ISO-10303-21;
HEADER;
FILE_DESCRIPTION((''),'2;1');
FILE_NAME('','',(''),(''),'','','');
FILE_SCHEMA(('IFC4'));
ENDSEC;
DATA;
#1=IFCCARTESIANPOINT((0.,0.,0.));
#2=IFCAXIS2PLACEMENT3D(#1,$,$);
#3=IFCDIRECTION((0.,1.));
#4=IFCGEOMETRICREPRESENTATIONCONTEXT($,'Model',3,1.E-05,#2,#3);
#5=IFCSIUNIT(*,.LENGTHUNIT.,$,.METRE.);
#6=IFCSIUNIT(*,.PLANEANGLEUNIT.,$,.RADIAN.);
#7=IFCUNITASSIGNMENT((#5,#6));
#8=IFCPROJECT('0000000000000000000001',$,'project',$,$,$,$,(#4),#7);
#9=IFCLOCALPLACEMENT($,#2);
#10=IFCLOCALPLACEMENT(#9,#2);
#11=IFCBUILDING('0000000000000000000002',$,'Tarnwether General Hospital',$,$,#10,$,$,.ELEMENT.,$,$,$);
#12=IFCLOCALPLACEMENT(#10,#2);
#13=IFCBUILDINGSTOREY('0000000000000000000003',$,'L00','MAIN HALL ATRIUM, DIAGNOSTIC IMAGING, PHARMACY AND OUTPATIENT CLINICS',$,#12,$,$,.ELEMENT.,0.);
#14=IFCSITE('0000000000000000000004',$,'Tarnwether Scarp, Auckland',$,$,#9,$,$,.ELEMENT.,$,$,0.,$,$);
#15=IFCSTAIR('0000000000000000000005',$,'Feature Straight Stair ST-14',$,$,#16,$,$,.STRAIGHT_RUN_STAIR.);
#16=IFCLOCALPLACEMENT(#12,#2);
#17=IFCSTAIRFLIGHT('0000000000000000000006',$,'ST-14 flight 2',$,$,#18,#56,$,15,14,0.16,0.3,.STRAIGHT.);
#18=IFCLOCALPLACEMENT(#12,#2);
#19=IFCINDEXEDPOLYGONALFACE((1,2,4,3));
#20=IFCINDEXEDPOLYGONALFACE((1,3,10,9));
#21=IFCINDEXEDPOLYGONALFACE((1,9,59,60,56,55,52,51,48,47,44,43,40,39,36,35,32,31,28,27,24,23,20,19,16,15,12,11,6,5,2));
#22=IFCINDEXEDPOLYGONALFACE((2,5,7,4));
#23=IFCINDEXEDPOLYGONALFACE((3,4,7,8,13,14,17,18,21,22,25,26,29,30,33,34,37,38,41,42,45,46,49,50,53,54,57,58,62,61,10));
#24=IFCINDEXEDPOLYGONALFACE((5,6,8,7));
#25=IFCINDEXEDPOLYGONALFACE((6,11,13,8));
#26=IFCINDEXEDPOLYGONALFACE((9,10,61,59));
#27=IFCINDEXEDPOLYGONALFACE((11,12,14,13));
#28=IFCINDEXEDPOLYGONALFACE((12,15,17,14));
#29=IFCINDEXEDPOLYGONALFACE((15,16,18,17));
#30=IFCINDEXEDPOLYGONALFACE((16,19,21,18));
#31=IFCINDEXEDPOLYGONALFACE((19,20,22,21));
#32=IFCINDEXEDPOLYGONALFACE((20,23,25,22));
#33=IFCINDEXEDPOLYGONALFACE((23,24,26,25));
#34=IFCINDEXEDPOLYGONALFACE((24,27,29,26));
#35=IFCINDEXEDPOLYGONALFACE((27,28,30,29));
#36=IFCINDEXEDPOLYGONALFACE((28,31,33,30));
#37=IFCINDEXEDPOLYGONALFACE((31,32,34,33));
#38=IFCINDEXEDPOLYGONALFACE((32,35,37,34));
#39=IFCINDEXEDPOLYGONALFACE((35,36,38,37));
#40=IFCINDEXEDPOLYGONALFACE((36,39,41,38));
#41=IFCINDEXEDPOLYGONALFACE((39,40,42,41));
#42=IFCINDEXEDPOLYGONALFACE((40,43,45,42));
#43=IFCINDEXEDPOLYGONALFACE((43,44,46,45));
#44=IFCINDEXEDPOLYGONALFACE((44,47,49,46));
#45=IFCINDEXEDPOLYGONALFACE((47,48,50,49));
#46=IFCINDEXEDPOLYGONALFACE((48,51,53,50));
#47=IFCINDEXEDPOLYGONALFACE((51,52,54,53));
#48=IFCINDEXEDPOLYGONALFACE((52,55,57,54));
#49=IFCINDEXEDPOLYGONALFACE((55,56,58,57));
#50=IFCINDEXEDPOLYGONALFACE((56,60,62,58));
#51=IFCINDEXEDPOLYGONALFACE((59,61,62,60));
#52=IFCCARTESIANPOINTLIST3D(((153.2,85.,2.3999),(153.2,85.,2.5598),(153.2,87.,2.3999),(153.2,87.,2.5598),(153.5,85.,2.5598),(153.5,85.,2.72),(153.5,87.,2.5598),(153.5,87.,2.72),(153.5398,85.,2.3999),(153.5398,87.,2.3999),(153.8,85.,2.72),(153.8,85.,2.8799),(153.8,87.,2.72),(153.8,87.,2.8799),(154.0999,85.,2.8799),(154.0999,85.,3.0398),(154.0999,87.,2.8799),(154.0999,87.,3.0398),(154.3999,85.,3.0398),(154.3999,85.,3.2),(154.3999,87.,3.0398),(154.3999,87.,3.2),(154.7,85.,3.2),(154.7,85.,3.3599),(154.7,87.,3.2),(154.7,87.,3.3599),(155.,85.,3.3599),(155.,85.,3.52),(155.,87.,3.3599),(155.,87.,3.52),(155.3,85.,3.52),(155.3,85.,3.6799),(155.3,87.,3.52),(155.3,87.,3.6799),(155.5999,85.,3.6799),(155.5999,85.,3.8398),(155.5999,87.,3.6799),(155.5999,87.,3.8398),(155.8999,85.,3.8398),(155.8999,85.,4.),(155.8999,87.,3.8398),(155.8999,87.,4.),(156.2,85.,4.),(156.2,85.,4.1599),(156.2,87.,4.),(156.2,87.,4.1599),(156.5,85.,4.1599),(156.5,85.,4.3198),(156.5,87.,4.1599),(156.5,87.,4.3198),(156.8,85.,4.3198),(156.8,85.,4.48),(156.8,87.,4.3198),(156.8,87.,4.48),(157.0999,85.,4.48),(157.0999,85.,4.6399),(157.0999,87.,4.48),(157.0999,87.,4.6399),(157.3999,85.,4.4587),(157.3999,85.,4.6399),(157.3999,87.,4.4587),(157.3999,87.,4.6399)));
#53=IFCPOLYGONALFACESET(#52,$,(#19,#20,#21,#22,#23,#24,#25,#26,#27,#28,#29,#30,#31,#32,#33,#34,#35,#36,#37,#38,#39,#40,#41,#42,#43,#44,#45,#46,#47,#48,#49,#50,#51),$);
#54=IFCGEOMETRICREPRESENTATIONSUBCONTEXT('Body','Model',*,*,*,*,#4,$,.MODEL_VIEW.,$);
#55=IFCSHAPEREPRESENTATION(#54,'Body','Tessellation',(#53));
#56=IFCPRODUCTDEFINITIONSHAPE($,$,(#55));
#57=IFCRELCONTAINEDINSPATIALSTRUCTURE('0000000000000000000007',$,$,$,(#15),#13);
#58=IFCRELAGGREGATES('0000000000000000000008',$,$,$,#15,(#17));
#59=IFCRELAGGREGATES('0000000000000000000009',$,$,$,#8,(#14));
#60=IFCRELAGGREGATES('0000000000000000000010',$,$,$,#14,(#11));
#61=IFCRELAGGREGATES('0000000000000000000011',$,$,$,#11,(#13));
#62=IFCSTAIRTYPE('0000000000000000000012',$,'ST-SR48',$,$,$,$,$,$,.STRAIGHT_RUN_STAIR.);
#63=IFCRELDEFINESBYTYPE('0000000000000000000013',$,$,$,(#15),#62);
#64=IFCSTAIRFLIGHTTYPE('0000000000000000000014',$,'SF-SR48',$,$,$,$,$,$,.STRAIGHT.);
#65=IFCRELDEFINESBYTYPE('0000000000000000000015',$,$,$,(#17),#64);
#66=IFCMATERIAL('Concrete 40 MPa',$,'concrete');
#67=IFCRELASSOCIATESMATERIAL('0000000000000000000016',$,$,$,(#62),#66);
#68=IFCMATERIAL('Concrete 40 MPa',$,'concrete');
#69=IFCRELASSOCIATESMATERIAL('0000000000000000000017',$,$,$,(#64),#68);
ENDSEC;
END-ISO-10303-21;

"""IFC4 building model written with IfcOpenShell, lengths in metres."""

from ifc_helpers import new_model, si_unit, direction, frame, origin, place, context, subcontext, project, spatial, polyline, outline, extrude, material, type_object, element, aggregate, save


model = new_model("IFC4")

# Units and contexts
model_context = context("Model", 3, precision=1e-05, world=origin(), true_north=direction((0.0, 1.0)))
body_context = subcontext(model_context, "Body", "Model", "MODEL_VIEW")
ifc_project = project(units=[si_unit("LENGTHUNIT", "METRE"), si_unit("PLANEANGLEUNIT", "RADIAN")], contexts=[model_context])

# Site, building, storey
site_placement = place(None, origin())
site = spatial("IfcSite", under=ifc_project, at=site_placement, Name="Tarnwether Scarp, Auckland", CompositionType="ELEMENT", RefElevation=0.0)
building_placement = place(site_placement, origin())
building = spatial("IfcBuilding", under=site, at=building_placement, Name="Tarnwether General Hospital", CompositionType="ELEMENT")
storey_placement = place(building_placement, origin())
storey = spatial("IfcBuildingStorey", under=building, at=storey_placement, Name="L00", Description="MAIN HALL ATRIUM, DIAGNOSTIC IMAGING, PHARMACY AND OUTPATIENT CLINICS", CompositionType="ELEMENT", Elevation=0.0)

# Stair, stair flight
ifc_material_1 = material(Name="Concrete 40 MPa", Category="concrete")
stair_type = type_object("IfcStairType", Name="ST-SR48", PredefinedType="STRAIGHT_RUN_STAIR", material=ifc_material_1)
stair_placement = place(storey_placement, origin())
stair = element("IfcStair", 1, at=stair_placement, inside=storey, type_object=stair_type, Name="Feature Straight Stair ST-14", PredefinedType="STRAIGHT_RUN_STAIR")
ifc_material_2 = material(Name="Concrete 40 MPa", Category="concrete")
stair_flight_type = type_object("IfcStairFlightType", Name="SF-SR48", PredefinedType="STRAIGHT", material=ifc_material_2)
stair_flight_1_placement = place(storey_placement, frame((153.2, 86.0, 2.3999), z_axis=(0.0, 0.0, 1.0), x_axis=(1.0, 0.0, 0.0)))
stair_flight_1 = element("IfcStairFlight", 2, at=stair_flight_1_placement, type_object=stair_flight_type, Name="ST-14 flight 2", NumberOfRisers=15, NumberOfTreads=14, PredefinedType="STRAIGHT", RiserHeight=0.16, TreadLength=0.3, context=body_context, shape_type="SweptSolid", body=[
    extrude(outline(polyline([(0.0, 0.0), (0.0, 0.1599), (0.3, 0.1599), (0.3, 0.3201), (0.6001, 0.3201), (0.6001, 0.48), (0.8999, 0.48), (0.8999, 0.6399), (1.2, 0.6399), (1.2, 0.8), (1.5, 0.8), (1.5, 0.96), (1.8, 0.96), (1.8, 1.1201), (2.1001, 1.1201), (2.1001, 1.28), (2.3999, 1.28), (2.3999, 1.4399), (2.7, 1.4399), (2.7, 1.6001), (3.0, 1.6001), (3.0, 1.76), (3.3, 1.76), (3.3, 1.9199), (3.6001, 1.9199), (3.6001, 2.0801), (3.8999, 2.0801), (3.8999, 2.24), (4.2, 2.24), (4.2, 2.3999), (4.2, 2.0588), (0.3398, 0.0), (0.0, 0.0)])), frame((0.0, 1.0, 0.0), z_axis=(0.0, -1.0, 0.0), x_axis=(1.0, 0.0, 0.0)), (0.0, 0.0, 1.0), 2.0),
])
aggregate(stair, [stair_flight_1])

save(model, "model.ifc")
